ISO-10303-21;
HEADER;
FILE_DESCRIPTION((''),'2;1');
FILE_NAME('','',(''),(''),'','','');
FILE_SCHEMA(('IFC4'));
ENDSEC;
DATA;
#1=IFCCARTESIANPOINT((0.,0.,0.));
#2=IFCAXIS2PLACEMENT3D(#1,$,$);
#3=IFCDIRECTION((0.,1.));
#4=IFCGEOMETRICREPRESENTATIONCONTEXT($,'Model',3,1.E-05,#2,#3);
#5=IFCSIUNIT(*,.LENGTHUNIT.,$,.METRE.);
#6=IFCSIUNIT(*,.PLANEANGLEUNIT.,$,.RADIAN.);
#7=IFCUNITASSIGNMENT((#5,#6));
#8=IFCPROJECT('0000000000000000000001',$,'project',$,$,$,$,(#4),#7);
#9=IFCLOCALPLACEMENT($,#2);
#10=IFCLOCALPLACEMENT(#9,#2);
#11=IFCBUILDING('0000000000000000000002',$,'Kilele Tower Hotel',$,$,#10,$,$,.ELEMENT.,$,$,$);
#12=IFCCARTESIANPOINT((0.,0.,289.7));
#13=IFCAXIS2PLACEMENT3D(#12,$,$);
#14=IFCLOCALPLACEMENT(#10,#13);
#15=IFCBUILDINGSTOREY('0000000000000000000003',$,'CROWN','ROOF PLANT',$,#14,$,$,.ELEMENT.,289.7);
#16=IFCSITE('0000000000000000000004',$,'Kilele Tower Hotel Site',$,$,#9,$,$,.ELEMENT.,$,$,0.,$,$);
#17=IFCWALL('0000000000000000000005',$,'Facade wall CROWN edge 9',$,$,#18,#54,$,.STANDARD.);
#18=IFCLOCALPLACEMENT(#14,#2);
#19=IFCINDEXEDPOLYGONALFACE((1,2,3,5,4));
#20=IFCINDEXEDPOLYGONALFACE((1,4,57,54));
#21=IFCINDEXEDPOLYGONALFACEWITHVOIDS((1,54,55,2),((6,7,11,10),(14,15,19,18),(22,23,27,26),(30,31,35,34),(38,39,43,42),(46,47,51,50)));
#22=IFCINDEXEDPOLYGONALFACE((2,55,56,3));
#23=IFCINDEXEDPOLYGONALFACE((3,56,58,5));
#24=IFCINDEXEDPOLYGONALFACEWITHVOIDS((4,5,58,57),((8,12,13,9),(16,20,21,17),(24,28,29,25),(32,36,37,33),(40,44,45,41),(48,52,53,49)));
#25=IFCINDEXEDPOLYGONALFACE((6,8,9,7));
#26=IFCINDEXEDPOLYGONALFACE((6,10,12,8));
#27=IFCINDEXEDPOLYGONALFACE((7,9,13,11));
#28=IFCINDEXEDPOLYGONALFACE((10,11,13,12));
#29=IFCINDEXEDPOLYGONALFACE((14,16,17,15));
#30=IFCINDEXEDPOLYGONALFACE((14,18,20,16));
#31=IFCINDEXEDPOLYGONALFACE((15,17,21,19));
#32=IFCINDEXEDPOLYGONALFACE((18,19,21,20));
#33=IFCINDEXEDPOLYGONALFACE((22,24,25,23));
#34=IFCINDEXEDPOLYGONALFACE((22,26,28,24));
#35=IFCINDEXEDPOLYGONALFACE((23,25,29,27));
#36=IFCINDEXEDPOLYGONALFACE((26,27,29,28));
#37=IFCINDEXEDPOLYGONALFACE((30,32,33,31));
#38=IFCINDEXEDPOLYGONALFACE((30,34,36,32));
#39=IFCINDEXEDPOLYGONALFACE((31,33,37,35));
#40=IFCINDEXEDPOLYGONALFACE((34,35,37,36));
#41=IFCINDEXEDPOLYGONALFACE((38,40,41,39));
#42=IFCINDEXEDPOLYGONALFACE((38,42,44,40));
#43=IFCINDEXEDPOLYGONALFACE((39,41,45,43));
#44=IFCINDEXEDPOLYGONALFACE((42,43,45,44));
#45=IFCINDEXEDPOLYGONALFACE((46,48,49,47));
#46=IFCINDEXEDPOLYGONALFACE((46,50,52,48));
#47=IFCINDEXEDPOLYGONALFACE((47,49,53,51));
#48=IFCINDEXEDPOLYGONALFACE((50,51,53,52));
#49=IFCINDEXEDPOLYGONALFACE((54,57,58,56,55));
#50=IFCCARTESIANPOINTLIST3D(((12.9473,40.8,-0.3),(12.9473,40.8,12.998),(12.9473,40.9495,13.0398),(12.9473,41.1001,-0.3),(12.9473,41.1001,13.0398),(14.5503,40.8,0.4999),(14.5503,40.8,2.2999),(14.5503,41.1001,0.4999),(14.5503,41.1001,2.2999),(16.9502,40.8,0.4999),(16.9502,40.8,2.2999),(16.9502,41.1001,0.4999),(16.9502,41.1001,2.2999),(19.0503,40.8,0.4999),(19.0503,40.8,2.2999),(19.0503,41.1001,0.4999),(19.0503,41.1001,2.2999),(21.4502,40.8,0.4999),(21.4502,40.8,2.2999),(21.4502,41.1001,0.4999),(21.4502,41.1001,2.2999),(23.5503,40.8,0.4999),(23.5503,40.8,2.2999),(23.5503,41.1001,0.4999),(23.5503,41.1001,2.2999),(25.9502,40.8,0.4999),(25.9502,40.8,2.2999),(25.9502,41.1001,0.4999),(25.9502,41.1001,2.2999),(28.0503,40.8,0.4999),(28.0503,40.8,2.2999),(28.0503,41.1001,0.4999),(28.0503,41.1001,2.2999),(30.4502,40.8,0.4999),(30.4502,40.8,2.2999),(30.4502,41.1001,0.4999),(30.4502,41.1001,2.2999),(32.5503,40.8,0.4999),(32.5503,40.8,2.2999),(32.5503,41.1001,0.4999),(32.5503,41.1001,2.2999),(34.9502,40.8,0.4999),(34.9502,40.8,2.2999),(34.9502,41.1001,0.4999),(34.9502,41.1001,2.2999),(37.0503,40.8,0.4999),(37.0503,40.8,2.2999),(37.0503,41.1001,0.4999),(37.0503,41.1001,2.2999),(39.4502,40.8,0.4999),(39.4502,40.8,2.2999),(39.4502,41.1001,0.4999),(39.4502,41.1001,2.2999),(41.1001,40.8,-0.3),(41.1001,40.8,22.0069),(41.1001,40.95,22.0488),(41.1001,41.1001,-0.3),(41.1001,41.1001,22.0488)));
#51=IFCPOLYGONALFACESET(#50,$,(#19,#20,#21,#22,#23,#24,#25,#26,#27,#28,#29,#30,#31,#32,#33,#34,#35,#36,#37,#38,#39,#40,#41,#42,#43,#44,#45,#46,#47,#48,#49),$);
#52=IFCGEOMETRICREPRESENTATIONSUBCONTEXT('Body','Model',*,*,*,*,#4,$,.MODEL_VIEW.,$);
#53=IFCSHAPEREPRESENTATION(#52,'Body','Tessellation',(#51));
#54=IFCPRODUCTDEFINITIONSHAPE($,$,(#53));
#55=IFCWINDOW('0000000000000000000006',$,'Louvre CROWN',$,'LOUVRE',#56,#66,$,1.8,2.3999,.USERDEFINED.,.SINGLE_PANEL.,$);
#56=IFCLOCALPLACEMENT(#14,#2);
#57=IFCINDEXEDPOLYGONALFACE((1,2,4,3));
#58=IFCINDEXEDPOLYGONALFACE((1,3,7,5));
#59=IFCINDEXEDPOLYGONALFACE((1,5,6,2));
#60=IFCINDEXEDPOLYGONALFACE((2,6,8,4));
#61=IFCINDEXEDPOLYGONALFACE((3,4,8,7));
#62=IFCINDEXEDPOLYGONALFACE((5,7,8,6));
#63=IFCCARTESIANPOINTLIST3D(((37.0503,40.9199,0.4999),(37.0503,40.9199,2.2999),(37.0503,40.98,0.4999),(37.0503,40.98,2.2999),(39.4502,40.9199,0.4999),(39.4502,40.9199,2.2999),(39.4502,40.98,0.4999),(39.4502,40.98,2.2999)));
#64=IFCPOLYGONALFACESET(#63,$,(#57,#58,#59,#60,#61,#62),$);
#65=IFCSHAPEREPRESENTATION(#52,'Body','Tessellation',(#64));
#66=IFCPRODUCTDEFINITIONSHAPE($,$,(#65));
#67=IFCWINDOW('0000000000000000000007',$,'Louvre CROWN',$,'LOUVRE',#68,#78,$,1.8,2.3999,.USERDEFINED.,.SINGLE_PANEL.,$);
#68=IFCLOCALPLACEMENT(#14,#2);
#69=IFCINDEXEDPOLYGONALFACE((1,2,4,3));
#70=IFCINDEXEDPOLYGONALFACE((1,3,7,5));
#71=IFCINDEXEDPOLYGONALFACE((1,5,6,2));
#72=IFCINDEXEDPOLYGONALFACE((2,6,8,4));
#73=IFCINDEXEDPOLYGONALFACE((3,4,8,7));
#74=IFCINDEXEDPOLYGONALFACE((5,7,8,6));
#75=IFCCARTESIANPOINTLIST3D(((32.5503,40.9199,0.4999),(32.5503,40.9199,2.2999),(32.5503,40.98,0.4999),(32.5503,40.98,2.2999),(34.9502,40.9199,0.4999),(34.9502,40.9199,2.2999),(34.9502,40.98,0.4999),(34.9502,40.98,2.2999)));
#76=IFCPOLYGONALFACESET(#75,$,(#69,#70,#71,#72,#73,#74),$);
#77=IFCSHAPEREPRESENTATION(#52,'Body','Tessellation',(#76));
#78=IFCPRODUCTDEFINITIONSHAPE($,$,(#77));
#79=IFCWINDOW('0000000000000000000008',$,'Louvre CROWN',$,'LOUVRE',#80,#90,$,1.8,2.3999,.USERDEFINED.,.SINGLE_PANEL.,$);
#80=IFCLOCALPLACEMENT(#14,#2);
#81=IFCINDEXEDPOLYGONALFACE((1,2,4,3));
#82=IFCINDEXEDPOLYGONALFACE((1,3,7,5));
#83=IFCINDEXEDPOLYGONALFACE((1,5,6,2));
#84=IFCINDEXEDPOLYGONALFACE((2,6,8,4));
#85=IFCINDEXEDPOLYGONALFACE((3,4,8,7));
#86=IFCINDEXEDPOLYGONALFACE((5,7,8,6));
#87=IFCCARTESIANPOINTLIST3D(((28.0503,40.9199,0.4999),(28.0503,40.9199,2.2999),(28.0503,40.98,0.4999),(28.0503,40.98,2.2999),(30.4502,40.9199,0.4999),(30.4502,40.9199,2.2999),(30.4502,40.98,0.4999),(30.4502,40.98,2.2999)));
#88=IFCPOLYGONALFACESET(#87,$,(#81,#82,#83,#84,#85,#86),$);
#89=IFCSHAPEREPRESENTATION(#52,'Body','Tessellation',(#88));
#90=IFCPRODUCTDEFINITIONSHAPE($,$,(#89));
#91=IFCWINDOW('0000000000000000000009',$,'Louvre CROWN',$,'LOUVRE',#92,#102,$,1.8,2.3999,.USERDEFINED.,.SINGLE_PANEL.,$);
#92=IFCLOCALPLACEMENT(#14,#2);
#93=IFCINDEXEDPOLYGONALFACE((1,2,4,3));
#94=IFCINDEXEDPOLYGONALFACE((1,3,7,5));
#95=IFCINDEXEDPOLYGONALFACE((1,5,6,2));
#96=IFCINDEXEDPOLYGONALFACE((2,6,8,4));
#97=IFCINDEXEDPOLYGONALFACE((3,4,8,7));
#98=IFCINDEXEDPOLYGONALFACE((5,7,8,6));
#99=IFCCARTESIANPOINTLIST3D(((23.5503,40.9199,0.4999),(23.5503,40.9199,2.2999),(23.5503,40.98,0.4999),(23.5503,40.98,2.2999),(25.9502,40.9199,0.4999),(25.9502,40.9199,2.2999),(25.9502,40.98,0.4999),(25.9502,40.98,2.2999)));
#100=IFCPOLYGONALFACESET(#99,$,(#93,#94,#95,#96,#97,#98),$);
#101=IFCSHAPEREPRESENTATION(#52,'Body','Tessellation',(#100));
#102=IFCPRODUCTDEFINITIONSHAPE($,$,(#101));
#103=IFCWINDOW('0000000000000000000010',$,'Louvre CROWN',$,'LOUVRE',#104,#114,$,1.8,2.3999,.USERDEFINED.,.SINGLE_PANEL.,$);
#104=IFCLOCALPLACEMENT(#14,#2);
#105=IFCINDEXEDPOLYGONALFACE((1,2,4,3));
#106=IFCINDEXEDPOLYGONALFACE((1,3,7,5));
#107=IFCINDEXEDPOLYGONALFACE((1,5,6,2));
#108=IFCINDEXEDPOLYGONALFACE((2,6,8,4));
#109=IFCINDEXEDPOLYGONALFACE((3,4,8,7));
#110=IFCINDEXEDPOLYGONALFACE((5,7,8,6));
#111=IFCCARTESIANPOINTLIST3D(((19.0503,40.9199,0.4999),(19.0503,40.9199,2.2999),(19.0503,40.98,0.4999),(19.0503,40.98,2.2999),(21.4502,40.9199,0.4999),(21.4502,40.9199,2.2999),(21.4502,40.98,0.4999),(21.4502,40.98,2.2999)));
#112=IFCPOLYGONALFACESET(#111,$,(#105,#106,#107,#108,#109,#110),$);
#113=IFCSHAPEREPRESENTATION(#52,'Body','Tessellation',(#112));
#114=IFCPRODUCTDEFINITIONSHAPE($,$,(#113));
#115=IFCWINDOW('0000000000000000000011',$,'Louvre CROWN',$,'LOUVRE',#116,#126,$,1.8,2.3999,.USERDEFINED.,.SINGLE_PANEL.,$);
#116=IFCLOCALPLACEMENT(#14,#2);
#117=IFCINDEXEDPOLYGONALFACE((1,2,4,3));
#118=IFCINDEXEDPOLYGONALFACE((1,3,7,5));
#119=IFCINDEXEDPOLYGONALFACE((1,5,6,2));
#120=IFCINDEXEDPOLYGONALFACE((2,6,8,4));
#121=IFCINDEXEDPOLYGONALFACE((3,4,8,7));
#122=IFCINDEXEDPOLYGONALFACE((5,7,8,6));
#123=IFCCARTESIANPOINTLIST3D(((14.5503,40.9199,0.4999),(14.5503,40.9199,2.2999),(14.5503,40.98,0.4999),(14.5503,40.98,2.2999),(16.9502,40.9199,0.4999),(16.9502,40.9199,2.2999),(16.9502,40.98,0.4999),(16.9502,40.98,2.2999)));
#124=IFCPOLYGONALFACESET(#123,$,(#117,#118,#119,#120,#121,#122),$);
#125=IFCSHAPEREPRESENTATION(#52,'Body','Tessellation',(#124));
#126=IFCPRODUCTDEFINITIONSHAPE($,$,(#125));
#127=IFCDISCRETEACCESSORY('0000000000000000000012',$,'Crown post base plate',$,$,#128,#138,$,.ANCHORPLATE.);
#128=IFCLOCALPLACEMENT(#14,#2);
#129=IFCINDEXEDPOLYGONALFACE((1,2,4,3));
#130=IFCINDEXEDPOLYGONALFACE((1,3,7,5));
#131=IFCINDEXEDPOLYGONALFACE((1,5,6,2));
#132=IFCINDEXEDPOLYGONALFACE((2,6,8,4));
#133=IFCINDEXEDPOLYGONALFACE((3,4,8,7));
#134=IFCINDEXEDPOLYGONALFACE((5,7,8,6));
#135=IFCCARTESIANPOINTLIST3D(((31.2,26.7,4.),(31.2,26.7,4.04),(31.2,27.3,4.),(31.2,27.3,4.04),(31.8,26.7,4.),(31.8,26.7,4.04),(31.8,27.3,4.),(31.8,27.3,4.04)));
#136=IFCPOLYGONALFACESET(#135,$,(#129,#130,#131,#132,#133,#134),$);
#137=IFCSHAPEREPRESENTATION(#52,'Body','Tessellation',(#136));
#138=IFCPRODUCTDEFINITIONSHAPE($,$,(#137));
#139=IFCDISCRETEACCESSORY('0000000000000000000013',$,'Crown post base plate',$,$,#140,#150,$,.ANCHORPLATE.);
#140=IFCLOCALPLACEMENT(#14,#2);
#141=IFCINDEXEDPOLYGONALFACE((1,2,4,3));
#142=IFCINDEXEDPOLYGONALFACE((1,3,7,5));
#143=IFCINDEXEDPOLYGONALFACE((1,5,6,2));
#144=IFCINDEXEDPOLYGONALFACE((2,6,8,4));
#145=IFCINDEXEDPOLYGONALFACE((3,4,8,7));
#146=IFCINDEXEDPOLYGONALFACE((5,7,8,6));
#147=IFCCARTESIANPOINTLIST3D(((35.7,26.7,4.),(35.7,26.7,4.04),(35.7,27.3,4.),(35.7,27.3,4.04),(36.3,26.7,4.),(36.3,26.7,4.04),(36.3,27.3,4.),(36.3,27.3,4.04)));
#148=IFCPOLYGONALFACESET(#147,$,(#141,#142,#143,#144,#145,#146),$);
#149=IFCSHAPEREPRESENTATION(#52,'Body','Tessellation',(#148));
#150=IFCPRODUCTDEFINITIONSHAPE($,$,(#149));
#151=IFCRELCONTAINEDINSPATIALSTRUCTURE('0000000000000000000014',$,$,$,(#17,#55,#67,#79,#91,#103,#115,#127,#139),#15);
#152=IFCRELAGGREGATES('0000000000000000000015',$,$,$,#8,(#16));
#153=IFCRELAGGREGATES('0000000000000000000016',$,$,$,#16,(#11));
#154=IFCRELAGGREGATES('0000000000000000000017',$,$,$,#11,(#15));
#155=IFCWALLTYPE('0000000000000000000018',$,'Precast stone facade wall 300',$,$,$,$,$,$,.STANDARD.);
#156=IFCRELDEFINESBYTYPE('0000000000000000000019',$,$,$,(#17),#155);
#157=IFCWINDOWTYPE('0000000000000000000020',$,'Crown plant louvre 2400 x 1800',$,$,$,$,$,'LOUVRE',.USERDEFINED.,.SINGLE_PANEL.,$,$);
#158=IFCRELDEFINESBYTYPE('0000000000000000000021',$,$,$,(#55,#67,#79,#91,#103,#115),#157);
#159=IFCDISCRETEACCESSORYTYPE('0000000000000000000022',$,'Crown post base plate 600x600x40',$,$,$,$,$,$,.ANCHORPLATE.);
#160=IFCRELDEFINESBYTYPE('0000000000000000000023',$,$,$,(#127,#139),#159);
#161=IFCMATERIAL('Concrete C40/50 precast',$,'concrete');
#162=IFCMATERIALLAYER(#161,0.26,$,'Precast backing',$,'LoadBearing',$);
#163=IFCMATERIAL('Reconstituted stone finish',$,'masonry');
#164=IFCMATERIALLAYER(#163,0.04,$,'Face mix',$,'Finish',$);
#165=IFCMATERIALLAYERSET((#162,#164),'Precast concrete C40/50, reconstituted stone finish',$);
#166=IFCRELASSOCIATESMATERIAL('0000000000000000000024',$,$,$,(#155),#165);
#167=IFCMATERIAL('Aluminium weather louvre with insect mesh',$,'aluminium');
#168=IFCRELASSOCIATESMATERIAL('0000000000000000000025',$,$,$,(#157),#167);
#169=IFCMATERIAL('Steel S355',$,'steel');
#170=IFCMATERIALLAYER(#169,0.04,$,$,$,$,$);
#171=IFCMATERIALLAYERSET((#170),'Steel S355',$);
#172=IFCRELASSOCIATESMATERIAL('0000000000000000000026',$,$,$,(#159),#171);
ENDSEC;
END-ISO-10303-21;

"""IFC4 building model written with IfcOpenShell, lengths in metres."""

from ifc_helpers import new_model, si_unit, direction, frame, frame_2d, origin, place, context, subcontext, project, spatial, polyline, rectangle, outline, extrude, clip, halfspace, source, transform, mapped, material, layer, layer_set, type_object, element, fill, save


model = new_model("IFC4")

# Units and contexts
model_context = context("Model", 3, precision=1e-05, world=origin(), true_north=direction((0.0, 1.0)))
body_context = subcontext(model_context, "Body", "Model", "MODEL_VIEW")
ifc_project = project(units=[si_unit("LENGTHUNIT", "METRE"), si_unit("PLANEANGLEUNIT", "RADIAN")], contexts=[model_context])

# Site, building, storey
site_placement = place(None, origin())
site = spatial("IfcSite", under=ifc_project, at=site_placement, Name="Kilele Tower Hotel Site", CompositionType="ELEMENT", RefElevation=0.0)
building_placement = place(site_placement, origin())
building = spatial("IfcBuilding", under=site, at=building_placement, Name="Kilele Tower Hotel", CompositionType="ELEMENT")
storey_placement = place(building_placement, frame((0.0, 0.0, 289.7)))
storey = spatial("IfcBuildingStorey", under=building, at=storey_placement, Name="CROWN", Description="ROOF PLANT", CompositionType="ELEMENT", Elevation=289.7)

# Shared definitions
ifc_material_1 = material(Name="Concrete C40/50 precast", Category="concrete")
ifc_layer_1 = layer(ifc_material_1, 0.26, Name="Precast backing", Category="LoadBearing")
ifc_material_2 = material(Name="Reconstituted stone finish", Category="masonry")
ifc_layer_2 = layer(ifc_material_2, 0.04, Name="Face mix", Category="Finish")
ifc_layer_set_1 = layer_set([ifc_layer_1, ifc_layer_2], Name="Precast concrete C40/50, reconstituted stone finish")
wall_type_1 = type_object("IfcWallType", Name="Precast stone facade wall 300", PredefinedType="STANDARD", material=ifc_layer_set_1)
ifc_material_3 = material(Name="Aluminium weather louvre with insect mesh", Category="aluminium")
window_type = type_object("IfcWindowType", Name="Crown plant louvre 2400 x 1800", ElementType="LOUVRE", PartitioningType="SINGLE_PANEL", PredefinedType="USERDEFINED", material=ifc_material_3)

# Wall, openings, windows
wall_1_placement = place(storey_placement, frame((41.1001, 40.95, -0.3), z_axis=(0.0, 0.0, 1.0), x_axis=(-1.0, 0.0, 0.0)))
wall_1 = element("IfcWall", 1, at=wall_1_placement, inside=storey, type_object=wall_type_1, Name="Facade wall CROWN edge 9", PredefinedType="STANDARD", context=body_context, shape_type="Clipping", body=[
    clip(extrude(outline(polyline([(0.0, 0.0), (28.1528, 0.0), (28.1528, 13.3398), (0.0, 22.3489), (0.0, 0.0)])), frame((0.0, 0.1499, 0.0), z_axis=(0.0, -1.0, 0.0), x_axis=(1.0, 0.0, 0.0)), (0.0, 0.0, 1.0), 0.3), halfspace(frame((0.0, 0.0, 22.3489), z_axis=(0.294484, 0.257674, 0.920263), x_axis=(0.952424, 0.0, -0.304776)), False)),
])
opening_1_placement = place(wall_1_placement, frame((1.6499, 0.0, 0.8)))
opening_1 = element("IfcOpeningElement", 2, at=opening_1_placement, cuts=wall_1, PredefinedType="OPENING", context=body_context, shape_type="SweptSolid", body=[
    extrude(rectangle(XDim=2.3999, YDim=1.8, at=frame_2d((1.2, 0.8999))), frame((0.0, 0.1599, 0.0), z_axis=(0.0, -1.0, 0.0), x_axis=(1.0, 0.0, 0.0)), (0.0, 0.0, 1.0), 0.3201),
])
opening_2_placement = place(wall_1_placement, frame((6.1499, 0.0, 0.8)))
opening_2 = element("IfcOpeningElement", 3, at=opening_2_placement, cuts=wall_1, PredefinedType="OPENING", context=body_context, shape_type="SweptSolid", body=[
    extrude(rectangle(XDim=2.3999, YDim=1.8, at=frame_2d((1.2, 0.8999))), frame((0.0, 0.1599, 0.0), z_axis=(0.0, -1.0, 0.0), x_axis=(1.0, 0.0, 0.0)), (0.0, 0.0, 1.0), 0.3201),
])
opening_3_placement = place(wall_1_placement, frame((10.6499, 0.0, 0.8)))
opening_3 = element("IfcOpeningElement", 4, at=opening_3_placement, cuts=wall_1, PredefinedType="OPENING", context=body_context, shape_type="SweptSolid", body=[
    extrude(rectangle(XDim=2.3999, YDim=1.8, at=frame_2d((1.2, 0.8999))), frame((0.0, 0.1599, 0.0), z_axis=(0.0, -1.0, 0.0), x_axis=(1.0, 0.0, 0.0)), (0.0, 0.0, 1.0), 0.3201),
])
opening_4_placement = place(wall_1_placement, frame((15.1499, 0.0, 0.8)))
opening_4 = element("IfcOpeningElement", 5, at=opening_4_placement, cuts=wall_1, PredefinedType="OPENING", context=body_context, shape_type="SweptSolid", body=[
    extrude(rectangle(XDim=2.3999, YDim=1.8, at=frame_2d((1.2, 0.8999))), frame((0.0, 0.1599, 0.0), z_axis=(0.0, -1.0, 0.0), x_axis=(1.0, 0.0, 0.0)), (0.0, 0.0, 1.0), 0.3201),
])
opening_5_placement = place(wall_1_placement, frame((19.6499, 0.0, 0.8)))
opening_5 = element("IfcOpeningElement", 6, at=opening_5_placement, cuts=wall_1, PredefinedType="OPENING", context=body_context, shape_type="SweptSolid", body=[
    extrude(rectangle(XDim=2.3999, YDim=1.8, at=frame_2d((1.2, 0.8999))), frame((0.0, 0.1599, 0.0), z_axis=(0.0, -1.0, 0.0), x_axis=(1.0, 0.0, 0.0)), (0.0, 0.0, 1.0), 0.3201),
])
opening_6_placement = place(wall_1_placement, frame((24.1499, 0.0, 0.8)))
opening_6 = element("IfcOpeningElement", 7, at=opening_6_placement, cuts=wall_1, PredefinedType="OPENING", context=body_context, shape_type="SweptSolid", body=[
    extrude(rectangle(XDim=2.3999, YDim=1.8, at=frame_2d((1.2, 0.8999))), frame((0.0, 0.1599, 0.0), z_axis=(0.0, -1.0, 0.0), x_axis=(1.0, 0.0, 0.0)), (0.0, 0.0, 1.0), 0.3201),
])
window_1_placement = place(opening_1_placement, origin())
window_1 = element("IfcWindow", 8, at=window_1_placement, inside=storey, type_object=window_type, Name="Louvre CROWN", ObjectType="LOUVRE", OverallHeight=1.8, OverallWidth=2.3999, PartitioningType="SINGLE_PANEL", PredefinedType="USERDEFINED", context=body_context, shape_type="SweptSolid", body=[
    extrude(rectangle(XDim=2.3999, YDim=1.8, at=frame_2d((1.2, 0.8999))), frame((0.0, 0.03, 0.0), z_axis=(0.0, -1.0, 0.0), x_axis=(1.0, 0.0, 0.0)), (0.0, 0.0, 1.0), 0.0601),
])
fill(opening_1, window_1)
window_2_placement = place(opening_2_placement, origin())
window_2 = element("IfcWindow", 9, at=window_2_placement, inside=storey, type_object=window_type, Name="Louvre CROWN", ObjectType="LOUVRE", OverallHeight=1.8, OverallWidth=2.3999, PartitioningType="SINGLE_PANEL", PredefinedType="USERDEFINED", context=body_context, shape_type="SweptSolid", body=[
    extrude(rectangle(XDim=2.3999, YDim=1.8, at=frame_2d((1.2, 0.8999))), frame((0.0, 0.03, 0.0), z_axis=(0.0, -1.0, 0.0), x_axis=(1.0, 0.0, 0.0)), (0.0, 0.0, 1.0), 0.0601),
])
fill(opening_2, window_2)
window_3_placement = place(opening_3_placement, origin())
window_3 = element("IfcWindow", 10, at=window_3_placement, inside=storey, type_object=window_type, Name="Louvre CROWN", ObjectType="LOUVRE", OverallHeight=1.8, OverallWidth=2.3999, PartitioningType="SINGLE_PANEL", PredefinedType="USERDEFINED", context=body_context, shape_type="SweptSolid", body=[
    extrude(rectangle(XDim=2.3999, YDim=1.8, at=frame_2d((1.2, 0.8999))), frame((0.0, 0.03, 0.0), z_axis=(0.0, -1.0, 0.0), x_axis=(1.0, 0.0, 0.0)), (0.0, 0.0, 1.0), 0.0601),
])
fill(opening_3, window_3)
window_4_placement = place(opening_4_placement, origin())
window_4 = element("IfcWindow", 11, at=window_4_placement, inside=storey, type_object=window_type, Name="Louvre CROWN", ObjectType="LOUVRE", OverallHeight=1.8, OverallWidth=2.3999, PartitioningType="SINGLE_PANEL", PredefinedType="USERDEFINED", context=body_context, shape_type="SweptSolid", body=[
    extrude(rectangle(XDim=2.3999, YDim=1.8, at=frame_2d((1.2, 0.8999))), frame((0.0, 0.03, 0.0), z_axis=(0.0, -1.0, 0.0), x_axis=(1.0, 0.0, 0.0)), (0.0, 0.0, 1.0), 0.0601),
])
fill(opening_4, window_4)
window_5_placement = place(opening_5_placement, origin())
window_5 = element("IfcWindow", 12, at=window_5_placement, inside=storey, type_object=window_type, Name="Louvre CROWN", ObjectType="LOUVRE", OverallHeight=1.8, OverallWidth=2.3999, PartitioningType="SINGLE_PANEL", PredefinedType="USERDEFINED", context=body_context, shape_type="SweptSolid", body=[
    extrude(rectangle(XDim=2.3999, YDim=1.8, at=frame_2d((1.2, 0.8999))), frame((0.0, 0.03, 0.0), z_axis=(0.0, -1.0, 0.0), x_axis=(1.0, 0.0, 0.0)), (0.0, 0.0, 1.0), 0.0601),
])
fill(opening_5, window_5)
window_6_placement = place(opening_6_placement, origin())
window_6 = element("IfcWindow", 13, at=window_6_placement, inside=storey, type_object=window_type, Name="Louvre CROWN", ObjectType="LOUVRE", OverallHeight=1.8, OverallWidth=2.3999, PartitioningType="SINGLE_PANEL", PredefinedType="USERDEFINED", context=body_context, shape_type="SweptSolid", body=[
    extrude(rectangle(XDim=2.3999, YDim=1.8, at=frame_2d((1.2, 0.8999))), frame((0.0, 0.03, 0.0), z_axis=(0.0, -1.0, 0.0), x_axis=(1.0, 0.0, 0.0)), (0.0, 0.0, 1.0), 0.0601),
])
fill(opening_6, window_6)

# Discrete accessories
ifc_material_4 = material(Name="Steel S355", Category="steel")
ifc_layer_3 = layer(ifc_material_4, 0.04)
ifc_layer_set_2 = layer_set([ifc_layer_3], Name="Steel S355")
discrete_accessory_type = type_object("IfcDiscreteAccessoryType", Name="Crown post base plate 600x600x40", PredefinedType="ANCHORPLATE", material=ifc_layer_set_2)
shared_shape = source(origin(), body_context, "Body", "SweptSolid", [
    extrude(outline(polyline([(0.0, 0.0), (0.6001, 0.0), (0.6001, 0.04), (0.0, 0.04), (0.0, 0.0)])), origin(), (0.0, 0.0, 1.0), 0.6001),
])
for number, where, z_axis, x_axis, name in (
    (14, (31.2, 27.3, 4.0), (0.0, -1.0, 0.0), (1.0, 0.0, 0.0), "Crown post base plate"),
    (15, (35.7, 27.3, 4.0), (0.0, -1.0, 0.0), (1.0, 0.0, 0.0), "Crown post base plate"),
):
    element("IfcDiscreteAccessory", number, at=place(storey_placement, frame(where, z_axis=z_axis, x_axis=x_axis)), inside=storey, type_object=discrete_accessory_type, Name=name, PredefinedType="ANCHORPLATE", context=body_context, shape_type="MappedRepresentation", body=[
        mapped(shared_shape, transform((0.0, 0.0, 0.0))),
    ])

save(model, "model.ifc")
